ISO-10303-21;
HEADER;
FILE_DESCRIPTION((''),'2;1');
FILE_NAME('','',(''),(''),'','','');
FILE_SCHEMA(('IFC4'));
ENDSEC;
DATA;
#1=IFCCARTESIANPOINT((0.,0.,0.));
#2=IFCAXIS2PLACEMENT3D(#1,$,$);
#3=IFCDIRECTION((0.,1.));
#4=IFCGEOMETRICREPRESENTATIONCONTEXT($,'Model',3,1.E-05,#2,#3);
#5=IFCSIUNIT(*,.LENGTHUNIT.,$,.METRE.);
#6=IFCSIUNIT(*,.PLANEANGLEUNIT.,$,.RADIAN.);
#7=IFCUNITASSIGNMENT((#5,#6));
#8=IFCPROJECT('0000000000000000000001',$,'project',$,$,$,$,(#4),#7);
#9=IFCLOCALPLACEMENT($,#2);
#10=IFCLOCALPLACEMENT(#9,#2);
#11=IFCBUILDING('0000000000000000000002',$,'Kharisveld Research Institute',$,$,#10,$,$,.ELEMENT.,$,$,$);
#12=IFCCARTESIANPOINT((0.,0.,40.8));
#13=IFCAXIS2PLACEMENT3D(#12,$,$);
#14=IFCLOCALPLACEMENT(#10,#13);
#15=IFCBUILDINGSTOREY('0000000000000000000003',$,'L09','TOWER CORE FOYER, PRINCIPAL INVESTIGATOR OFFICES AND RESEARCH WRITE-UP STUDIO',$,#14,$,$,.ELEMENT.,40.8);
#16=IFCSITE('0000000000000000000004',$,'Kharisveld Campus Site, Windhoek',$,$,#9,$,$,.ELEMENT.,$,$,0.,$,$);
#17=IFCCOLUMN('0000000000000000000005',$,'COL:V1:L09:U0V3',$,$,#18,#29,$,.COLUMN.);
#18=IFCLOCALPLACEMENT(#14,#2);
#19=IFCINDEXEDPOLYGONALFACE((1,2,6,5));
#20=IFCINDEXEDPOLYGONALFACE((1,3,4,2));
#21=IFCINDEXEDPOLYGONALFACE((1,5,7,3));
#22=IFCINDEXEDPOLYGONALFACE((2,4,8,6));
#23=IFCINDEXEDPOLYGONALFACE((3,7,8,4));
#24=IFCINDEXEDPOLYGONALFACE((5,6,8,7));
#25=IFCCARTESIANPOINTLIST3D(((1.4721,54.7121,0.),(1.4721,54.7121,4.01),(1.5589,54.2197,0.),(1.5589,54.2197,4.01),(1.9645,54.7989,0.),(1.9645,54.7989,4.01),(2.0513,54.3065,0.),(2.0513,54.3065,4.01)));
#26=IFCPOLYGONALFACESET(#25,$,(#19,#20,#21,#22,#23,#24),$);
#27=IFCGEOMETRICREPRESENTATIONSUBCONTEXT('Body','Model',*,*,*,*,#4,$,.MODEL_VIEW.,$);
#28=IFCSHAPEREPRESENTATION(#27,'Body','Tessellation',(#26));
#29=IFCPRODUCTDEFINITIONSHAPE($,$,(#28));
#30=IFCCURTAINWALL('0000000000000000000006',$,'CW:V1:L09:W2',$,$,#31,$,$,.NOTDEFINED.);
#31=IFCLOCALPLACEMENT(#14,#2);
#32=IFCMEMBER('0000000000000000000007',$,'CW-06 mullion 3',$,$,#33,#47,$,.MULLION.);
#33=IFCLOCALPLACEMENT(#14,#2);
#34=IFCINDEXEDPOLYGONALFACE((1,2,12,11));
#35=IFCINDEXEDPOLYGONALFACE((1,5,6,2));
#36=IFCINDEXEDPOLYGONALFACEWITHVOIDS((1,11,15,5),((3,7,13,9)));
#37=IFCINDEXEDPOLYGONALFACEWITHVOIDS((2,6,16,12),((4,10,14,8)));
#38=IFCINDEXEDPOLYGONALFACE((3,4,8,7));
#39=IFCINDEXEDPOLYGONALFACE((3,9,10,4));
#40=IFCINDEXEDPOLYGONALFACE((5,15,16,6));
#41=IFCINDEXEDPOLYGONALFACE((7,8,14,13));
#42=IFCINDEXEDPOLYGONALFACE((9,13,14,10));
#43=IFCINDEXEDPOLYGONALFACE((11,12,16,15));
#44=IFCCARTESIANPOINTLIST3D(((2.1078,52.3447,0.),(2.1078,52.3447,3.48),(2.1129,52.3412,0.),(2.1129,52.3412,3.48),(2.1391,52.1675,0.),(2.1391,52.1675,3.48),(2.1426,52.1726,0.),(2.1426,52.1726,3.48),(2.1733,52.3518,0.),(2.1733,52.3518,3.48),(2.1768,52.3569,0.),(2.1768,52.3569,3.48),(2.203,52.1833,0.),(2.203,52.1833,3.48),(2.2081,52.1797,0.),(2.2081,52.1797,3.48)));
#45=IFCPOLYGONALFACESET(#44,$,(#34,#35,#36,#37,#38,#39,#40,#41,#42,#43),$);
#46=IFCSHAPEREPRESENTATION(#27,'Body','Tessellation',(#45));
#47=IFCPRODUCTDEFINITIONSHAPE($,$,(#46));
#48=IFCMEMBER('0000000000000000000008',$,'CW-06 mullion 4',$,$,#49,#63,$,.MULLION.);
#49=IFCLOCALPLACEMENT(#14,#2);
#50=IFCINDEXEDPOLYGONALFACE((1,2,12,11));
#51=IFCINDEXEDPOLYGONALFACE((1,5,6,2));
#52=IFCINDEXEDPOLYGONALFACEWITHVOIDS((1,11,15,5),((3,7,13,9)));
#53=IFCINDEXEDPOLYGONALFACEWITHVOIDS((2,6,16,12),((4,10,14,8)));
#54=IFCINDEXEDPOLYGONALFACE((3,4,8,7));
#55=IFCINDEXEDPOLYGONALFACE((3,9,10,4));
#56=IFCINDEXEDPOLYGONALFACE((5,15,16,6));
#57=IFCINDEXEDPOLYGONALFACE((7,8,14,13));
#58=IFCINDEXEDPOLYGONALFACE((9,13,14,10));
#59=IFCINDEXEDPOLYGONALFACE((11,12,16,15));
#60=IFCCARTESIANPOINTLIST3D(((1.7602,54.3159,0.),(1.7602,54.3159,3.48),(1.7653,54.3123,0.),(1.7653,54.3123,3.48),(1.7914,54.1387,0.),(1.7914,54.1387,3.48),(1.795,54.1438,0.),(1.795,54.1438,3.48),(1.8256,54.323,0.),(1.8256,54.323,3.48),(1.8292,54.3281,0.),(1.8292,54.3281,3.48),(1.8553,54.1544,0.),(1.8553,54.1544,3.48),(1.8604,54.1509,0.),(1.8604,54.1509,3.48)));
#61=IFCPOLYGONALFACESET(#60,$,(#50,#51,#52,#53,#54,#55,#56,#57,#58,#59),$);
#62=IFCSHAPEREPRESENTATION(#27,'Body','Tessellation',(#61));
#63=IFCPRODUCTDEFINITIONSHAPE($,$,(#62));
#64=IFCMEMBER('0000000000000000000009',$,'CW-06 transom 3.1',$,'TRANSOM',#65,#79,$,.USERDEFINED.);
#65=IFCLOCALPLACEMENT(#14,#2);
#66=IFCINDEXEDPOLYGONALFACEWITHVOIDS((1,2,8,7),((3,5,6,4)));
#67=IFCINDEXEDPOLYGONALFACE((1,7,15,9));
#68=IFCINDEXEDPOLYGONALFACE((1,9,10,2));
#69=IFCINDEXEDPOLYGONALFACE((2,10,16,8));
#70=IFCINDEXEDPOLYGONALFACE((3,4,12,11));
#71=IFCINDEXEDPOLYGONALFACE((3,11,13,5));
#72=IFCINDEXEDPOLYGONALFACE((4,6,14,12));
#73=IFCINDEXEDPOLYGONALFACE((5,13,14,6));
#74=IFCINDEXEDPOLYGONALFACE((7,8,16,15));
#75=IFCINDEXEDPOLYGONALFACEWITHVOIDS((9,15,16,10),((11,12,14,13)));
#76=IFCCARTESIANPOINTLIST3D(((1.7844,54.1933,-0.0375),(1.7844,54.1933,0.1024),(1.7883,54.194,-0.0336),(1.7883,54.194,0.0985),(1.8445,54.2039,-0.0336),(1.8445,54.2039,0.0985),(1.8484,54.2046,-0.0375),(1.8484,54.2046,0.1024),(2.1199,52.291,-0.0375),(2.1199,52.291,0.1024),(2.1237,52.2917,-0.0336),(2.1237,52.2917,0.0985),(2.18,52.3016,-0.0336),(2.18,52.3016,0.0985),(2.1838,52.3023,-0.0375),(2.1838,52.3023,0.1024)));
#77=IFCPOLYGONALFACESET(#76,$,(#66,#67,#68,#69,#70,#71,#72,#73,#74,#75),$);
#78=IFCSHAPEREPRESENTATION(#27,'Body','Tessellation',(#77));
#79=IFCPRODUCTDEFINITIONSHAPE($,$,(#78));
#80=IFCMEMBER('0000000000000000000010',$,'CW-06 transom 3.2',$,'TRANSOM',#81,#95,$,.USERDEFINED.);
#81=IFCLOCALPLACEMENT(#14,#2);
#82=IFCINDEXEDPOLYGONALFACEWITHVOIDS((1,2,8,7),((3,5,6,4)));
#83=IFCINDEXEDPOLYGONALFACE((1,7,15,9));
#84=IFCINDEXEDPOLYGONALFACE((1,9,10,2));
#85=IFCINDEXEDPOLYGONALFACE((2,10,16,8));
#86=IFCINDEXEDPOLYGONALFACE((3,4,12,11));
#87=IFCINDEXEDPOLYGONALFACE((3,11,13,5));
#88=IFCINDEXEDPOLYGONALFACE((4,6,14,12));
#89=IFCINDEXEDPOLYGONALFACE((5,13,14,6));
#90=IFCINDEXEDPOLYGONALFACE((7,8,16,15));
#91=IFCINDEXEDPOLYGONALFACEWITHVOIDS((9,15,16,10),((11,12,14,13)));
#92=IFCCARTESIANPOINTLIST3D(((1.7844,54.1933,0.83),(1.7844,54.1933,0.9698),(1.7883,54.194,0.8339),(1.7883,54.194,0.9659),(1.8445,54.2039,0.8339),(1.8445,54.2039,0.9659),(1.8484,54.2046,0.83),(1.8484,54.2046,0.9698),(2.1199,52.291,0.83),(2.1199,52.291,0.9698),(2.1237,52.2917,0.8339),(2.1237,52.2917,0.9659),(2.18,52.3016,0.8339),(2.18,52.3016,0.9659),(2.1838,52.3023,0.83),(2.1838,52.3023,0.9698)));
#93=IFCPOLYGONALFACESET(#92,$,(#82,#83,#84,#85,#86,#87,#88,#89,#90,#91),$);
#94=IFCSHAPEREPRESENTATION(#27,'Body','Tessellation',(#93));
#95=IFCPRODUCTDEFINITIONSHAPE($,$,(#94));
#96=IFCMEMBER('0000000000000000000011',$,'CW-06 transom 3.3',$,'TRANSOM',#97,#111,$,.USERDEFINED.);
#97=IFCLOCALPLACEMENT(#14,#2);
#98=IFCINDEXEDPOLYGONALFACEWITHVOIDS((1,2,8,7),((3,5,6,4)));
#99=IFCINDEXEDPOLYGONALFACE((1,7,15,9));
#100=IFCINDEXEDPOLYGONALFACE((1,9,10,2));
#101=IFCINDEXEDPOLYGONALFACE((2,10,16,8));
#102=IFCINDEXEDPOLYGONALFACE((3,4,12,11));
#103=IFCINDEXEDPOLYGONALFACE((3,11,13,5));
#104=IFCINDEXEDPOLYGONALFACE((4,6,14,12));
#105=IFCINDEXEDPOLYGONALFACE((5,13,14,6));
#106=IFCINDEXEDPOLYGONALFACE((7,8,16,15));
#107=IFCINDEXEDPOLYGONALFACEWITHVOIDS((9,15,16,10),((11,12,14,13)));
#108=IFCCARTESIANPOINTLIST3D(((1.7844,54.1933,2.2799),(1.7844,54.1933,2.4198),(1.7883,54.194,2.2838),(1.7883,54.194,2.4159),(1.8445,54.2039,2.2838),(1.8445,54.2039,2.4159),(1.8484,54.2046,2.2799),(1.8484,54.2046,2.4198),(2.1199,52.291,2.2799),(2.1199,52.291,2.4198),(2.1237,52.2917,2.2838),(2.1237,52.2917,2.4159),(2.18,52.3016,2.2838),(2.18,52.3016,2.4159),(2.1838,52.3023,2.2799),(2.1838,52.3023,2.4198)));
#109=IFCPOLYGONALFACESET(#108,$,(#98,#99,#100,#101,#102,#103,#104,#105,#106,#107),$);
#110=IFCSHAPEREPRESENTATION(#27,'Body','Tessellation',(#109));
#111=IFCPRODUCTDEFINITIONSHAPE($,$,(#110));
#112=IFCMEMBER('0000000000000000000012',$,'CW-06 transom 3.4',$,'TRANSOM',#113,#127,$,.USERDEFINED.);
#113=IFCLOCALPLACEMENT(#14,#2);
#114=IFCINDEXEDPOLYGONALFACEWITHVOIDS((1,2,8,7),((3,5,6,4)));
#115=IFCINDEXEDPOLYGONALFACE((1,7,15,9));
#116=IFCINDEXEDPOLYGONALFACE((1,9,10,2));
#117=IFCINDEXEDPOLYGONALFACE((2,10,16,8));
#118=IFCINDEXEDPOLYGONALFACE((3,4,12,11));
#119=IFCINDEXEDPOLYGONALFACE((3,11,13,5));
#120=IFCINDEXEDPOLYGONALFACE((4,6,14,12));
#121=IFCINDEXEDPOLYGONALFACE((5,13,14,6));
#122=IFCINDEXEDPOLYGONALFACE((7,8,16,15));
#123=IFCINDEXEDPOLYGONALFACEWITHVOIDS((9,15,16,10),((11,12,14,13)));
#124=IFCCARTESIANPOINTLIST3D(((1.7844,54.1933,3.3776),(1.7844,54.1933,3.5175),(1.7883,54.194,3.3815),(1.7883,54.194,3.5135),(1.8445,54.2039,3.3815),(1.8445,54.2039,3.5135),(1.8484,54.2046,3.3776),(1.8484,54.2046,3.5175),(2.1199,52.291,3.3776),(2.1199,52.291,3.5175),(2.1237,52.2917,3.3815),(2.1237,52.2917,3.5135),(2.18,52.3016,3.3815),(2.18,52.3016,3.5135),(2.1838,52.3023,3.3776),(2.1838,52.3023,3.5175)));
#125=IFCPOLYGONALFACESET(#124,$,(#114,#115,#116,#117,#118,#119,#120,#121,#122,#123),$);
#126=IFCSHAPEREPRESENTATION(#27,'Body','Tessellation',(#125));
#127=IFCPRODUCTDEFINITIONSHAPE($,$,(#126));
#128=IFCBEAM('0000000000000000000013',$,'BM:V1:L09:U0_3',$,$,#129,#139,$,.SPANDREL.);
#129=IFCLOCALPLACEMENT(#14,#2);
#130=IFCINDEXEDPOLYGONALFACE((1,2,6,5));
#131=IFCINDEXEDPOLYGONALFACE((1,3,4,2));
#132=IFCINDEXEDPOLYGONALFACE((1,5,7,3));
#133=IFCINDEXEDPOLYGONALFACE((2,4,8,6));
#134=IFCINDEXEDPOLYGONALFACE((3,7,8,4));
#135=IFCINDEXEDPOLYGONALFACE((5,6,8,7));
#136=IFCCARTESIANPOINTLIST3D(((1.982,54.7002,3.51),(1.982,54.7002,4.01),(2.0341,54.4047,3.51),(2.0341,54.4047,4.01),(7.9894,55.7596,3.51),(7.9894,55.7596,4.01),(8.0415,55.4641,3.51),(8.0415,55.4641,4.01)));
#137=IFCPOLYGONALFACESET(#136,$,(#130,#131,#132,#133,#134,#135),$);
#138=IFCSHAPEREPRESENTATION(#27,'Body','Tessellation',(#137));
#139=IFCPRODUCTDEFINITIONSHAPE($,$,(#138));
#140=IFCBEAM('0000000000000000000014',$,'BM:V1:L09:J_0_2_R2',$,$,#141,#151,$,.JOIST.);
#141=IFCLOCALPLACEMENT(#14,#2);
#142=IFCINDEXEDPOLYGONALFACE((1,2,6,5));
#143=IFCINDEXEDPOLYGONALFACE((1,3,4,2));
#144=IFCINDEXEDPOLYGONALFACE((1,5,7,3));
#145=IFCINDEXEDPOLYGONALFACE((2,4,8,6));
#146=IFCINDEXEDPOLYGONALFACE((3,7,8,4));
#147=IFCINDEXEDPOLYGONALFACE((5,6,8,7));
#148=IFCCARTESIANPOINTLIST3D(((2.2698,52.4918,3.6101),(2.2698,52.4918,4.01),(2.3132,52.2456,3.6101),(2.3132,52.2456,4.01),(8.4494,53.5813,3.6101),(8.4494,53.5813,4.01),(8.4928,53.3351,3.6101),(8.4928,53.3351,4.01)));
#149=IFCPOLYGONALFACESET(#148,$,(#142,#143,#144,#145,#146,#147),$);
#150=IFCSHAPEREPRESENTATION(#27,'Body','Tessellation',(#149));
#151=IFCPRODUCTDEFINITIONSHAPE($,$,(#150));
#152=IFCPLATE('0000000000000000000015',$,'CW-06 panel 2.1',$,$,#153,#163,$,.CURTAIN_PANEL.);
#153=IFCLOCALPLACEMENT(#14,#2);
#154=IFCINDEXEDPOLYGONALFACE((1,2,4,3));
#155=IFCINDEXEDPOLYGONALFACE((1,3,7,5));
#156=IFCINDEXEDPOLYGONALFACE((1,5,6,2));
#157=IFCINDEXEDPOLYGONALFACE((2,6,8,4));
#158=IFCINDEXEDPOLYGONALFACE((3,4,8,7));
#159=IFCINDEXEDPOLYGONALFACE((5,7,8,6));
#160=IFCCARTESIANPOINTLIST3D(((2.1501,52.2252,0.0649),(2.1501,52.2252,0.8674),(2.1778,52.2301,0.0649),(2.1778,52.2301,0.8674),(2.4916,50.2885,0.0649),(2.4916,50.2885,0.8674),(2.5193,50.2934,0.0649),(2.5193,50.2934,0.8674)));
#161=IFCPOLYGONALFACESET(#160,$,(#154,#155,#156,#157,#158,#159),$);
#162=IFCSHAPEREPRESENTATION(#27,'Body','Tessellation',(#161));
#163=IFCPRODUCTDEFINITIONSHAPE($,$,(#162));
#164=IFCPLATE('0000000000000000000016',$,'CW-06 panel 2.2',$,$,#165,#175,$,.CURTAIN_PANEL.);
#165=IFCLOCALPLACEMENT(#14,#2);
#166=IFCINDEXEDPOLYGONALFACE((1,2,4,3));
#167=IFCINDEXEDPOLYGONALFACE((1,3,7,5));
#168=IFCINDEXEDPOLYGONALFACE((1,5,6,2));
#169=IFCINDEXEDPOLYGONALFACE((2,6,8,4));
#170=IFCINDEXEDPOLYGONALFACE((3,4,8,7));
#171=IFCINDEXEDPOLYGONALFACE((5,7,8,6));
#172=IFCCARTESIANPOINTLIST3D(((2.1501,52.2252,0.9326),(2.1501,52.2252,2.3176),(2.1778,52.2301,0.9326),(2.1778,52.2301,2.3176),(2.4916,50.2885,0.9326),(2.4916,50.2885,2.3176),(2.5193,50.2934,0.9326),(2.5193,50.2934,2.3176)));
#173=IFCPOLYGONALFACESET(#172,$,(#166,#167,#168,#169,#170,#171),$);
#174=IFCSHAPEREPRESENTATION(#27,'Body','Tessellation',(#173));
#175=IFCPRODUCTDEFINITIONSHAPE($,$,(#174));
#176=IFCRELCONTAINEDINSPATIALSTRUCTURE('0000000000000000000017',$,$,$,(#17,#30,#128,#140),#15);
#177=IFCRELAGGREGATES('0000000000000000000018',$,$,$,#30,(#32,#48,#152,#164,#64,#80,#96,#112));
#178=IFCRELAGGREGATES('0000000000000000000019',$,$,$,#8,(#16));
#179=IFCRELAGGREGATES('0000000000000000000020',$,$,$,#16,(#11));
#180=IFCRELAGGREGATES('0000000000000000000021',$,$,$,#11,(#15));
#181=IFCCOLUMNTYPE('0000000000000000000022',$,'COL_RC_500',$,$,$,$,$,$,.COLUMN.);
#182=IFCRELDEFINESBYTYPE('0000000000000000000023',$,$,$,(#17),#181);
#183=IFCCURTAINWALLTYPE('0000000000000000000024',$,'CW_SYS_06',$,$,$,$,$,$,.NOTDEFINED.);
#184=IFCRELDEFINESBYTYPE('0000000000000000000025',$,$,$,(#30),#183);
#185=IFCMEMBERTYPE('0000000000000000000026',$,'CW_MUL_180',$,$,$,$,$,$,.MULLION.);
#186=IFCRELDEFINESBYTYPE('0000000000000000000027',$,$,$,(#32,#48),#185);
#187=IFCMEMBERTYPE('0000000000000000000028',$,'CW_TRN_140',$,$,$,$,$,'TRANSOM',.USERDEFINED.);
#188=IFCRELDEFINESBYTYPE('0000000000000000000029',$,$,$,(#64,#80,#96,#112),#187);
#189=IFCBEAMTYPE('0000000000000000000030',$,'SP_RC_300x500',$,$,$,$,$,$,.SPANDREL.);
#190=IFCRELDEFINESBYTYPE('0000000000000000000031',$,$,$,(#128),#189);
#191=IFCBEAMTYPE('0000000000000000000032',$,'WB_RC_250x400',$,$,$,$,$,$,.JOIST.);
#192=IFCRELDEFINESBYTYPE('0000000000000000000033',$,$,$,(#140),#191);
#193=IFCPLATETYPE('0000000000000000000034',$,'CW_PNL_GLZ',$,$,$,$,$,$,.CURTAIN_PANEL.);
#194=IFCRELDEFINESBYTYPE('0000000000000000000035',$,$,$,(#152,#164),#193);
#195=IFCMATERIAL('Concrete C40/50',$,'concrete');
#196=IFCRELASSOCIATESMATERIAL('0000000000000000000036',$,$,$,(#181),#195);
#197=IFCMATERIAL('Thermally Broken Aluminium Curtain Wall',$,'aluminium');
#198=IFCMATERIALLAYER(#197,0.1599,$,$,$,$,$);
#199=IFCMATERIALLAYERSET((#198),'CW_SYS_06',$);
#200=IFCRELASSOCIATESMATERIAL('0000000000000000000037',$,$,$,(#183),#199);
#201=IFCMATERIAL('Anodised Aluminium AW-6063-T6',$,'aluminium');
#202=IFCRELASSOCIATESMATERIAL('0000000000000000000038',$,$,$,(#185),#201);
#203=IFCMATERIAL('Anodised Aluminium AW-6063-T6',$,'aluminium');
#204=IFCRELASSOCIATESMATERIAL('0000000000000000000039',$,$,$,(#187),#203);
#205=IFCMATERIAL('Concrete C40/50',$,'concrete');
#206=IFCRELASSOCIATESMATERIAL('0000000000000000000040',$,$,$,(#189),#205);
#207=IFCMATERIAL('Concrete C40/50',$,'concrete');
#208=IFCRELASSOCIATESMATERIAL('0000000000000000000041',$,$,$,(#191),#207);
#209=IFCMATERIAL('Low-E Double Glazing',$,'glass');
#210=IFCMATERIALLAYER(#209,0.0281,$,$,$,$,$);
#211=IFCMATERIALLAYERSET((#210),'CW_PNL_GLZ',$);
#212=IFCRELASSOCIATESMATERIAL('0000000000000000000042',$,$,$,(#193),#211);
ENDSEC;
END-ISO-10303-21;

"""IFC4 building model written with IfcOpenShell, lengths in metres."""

from ifc_helpers import new_model, si_unit, direction, frame, origin, origin_2d, place, context, subcontext, project, spatial, rectangle, hollow_rectangle, extrude, material, layer, layer_set, material_profile, profile_set, type_object, element, aggregate, save


model = new_model("IFC4")

# Units and contexts
model_context = context("Model", 3, precision=1e-05, world=origin(), true_north=direction((0.0, 1.0)))
body_context = subcontext(model_context, "Body", "Model", "MODEL_VIEW")
ifc_project = project(units=[si_unit("LENGTHUNIT", "METRE"), si_unit("PLANEANGLEUNIT", "RADIAN")], contexts=[model_context])

# Site, building, storey
site_placement = place(None, origin())
site = spatial("IfcSite", under=ifc_project, at=site_placement, Name="Kharisveld Campus Site, Windhoek", CompositionType="ELEMENT", RefElevation=0.0)
building_placement = place(site_placement, origin())
building = spatial("IfcBuilding", under=site, at=building_placement, Name="Kharisveld Research Institute", CompositionType="ELEMENT")
storey_placement = place(building_placement, frame((0.0, 0.0, 40.8)))
storey = spatial("IfcBuildingStorey", under=building, at=storey_placement, Name="L09", Description="TOWER CORE FOYER, PRINCIPAL INVESTIGATOR OFFICES AND RESEARCH WRITE-UP STUDIO", CompositionType="ELEMENT", Elevation=40.8)

# Column
ifc_material_1 = material(Name="Concrete C40/50", Category="concrete")
ifc_material_profile_1 = material_profile(ifc_material_1, rectangle(XDim=0.5, YDim=0.5, at=origin_2d()))
ifc_profile_set_1 = profile_set([ifc_material_profile_1], Name="Concrete C40/50")
column_type = type_object("IfcColumnType", Name="COL_RC_500", PredefinedType="COLUMN", material=ifc_profile_set_1)
column_placement = place(storey_placement, frame((1.7617, 54.5093, 0.0), z_axis=(0.0, 0.0, 1.0), x_axis=(0.984808, 0.173648, 0.0)))
element("IfcColumn", 1, at=column_placement, inside=storey, type_object=column_type, Name="COL:V1:L09:U0V3", PredefinedType="COLUMN", context=body_context, shape_type="SweptSolid", body=[
    extrude(rectangle(XDim=0.5, YDim=0.5, at=origin_2d()), origin(), (0.0, 0.0, 1.0), 4.01),
])

# Curtain wall, members
ifc_material_2 = material(Name="Thermally Broken Aluminium Curtain Wall", Category="aluminium")
ifc_layer_1 = layer(ifc_material_2, 0.1599)
ifc_layer_set_1 = layer_set([ifc_layer_1], Name="CW_SYS_06")
curtain_wall_type = type_object("IfcCurtainWallType", Name="CW_SYS_06", PredefinedType="NOTDEFINED", material=ifc_layer_set_1)
curtain_wall_placement = place(storey_placement, origin())
curtain_wall = element("IfcCurtainWall", 2, at=curtain_wall_placement, inside=storey, type_object=curtain_wall_type, Name="CW:V1:L09:W2", PredefinedType="NOTDEFINED")
ifc_material_3 = material(Name="Anodised Aluminium AW-6063-T6", Category="aluminium")
ifc_material_profile_2 = material_profile(ifc_material_3, hollow_rectangle(XDim=0.0701, YDim=0.1799, WallThickness=0.0044, at=origin_2d()))
ifc_profile_set_2 = profile_set([ifc_material_profile_2], Name="Anodised Aluminium AW-6063-T6")
member_type_1 = type_object("IfcMemberType", Name="CW_MUL_180", PredefinedType="MULLION", material=ifc_profile_set_2)
member_1_placement = place(storey_placement, frame((2.158, 52.2622, 0.0), z_axis=(0.0, 0.0, 1.0), x_axis=(-0.984808, -0.173648, 0.0)))
member_1 = element("IfcMember", 3, at=member_1_placement, type_object=member_type_1, Name="CW-06 mullion 3", PredefinedType="MULLION", context=body_context, shape_type="SweptSolid", body=[
    extrude(hollow_rectangle(XDim=0.0701, YDim=0.1799, WallThickness=0.0044, at=origin_2d()), origin(), (0.0, 0.0, 1.0), 3.48),
])
member_2_placement = place(storey_placement, frame((1.8103, 54.2334, 0.0), z_axis=(0.0, 0.0, 1.0), x_axis=(-0.984808, -0.173648, 0.0)))
member_2 = element("IfcMember", 4, at=member_2_placement, type_object=member_type_1, Name="CW-06 mullion 4", PredefinedType="MULLION", context=body_context, shape_type="SweptSolid", body=[
    extrude(hollow_rectangle(XDim=0.0701, YDim=0.1799, WallThickness=0.0044, at=origin_2d()), origin(), (0.0, 0.0, 1.0), 3.48),
])
ifc_material_4 = material(Name="Anodised Aluminium AW-6063-T6", Category="aluminium")
ifc_material_profile_3 = material_profile(ifc_material_4, hollow_rectangle(XDim=0.0649, YDim=0.1399, WallThickness=0.0039, at=origin_2d()))
ifc_profile_set_3 = profile_set([ifc_material_profile_3], Name="Anodised Aluminium AW-6063-T6")
member_type_2 = type_object("IfcMemberType", Name="CW_TRN_140", ElementType="TRANSOM", PredefinedType="USERDEFINED", material=ifc_profile_set_3)
member_3_placement = place(storey_placement, frame((2.1519, 52.2966, 0.0325), z_axis=(-0.173656, 0.984806, 0.0), x_axis=(-0.984806, -0.173656, 0.0)))
member_3 = element("IfcMember", 5, at=member_3_placement, type_object=member_type_2, Name="CW-06 transom 3.1", ObjectType="TRANSOM", PredefinedType="USERDEFINED", context=body_context, shape_type="SweptSolid", body=[
    extrude(hollow_rectangle(XDim=0.0649, YDim=0.1399, WallThickness=0.0039, at=origin_2d()), origin(), (0.0, 0.0, 1.0), 1.9316),
])
member_4_placement = place(storey_placement, frame((2.1519, 52.2966, 0.8999), z_axis=(-0.173656, 0.984806, 0.0), x_axis=(-0.984806, -0.173656, 0.0)))
member_4 = element("IfcMember", 6, at=member_4_placement, type_object=member_type_2, Name="CW-06 transom 3.2", ObjectType="TRANSOM", PredefinedType="USERDEFINED", context=body_context, shape_type="SweptSolid", body=[
    extrude(hollow_rectangle(XDim=0.0649, YDim=0.1399, WallThickness=0.0039, at=origin_2d()), origin(), (0.0, 0.0, 1.0), 1.9316),
])
member_5_placement = place(storey_placement, frame((2.1519, 52.2966, 2.3499), z_axis=(-0.173656, 0.984806, 0.0), x_axis=(-0.984806, -0.173656, 0.0)))
member_5 = element("IfcMember", 7, at=member_5_placement, type_object=member_type_2, Name="CW-06 transom 3.3", ObjectType="TRANSOM", PredefinedType="USERDEFINED", context=body_context, shape_type="SweptSolid", body=[
    extrude(hollow_rectangle(XDim=0.0649, YDim=0.1399, WallThickness=0.0039, at=origin_2d()), origin(), (0.0, 0.0, 1.0), 1.9316),
])
member_6_placement = place(storey_placement, frame((2.1519, 52.2966, 3.4475), z_axis=(-0.173656, 0.984806, 0.0), x_axis=(-0.984806, -0.173656, 0.0)))
member_6 = element("IfcMember", 8, at=member_6_placement, type_object=member_type_2, Name="CW-06 transom 3.4", ObjectType="TRANSOM", PredefinedType="USERDEFINED", context=body_context, shape_type="SweptSolid", body=[
    extrude(hollow_rectangle(XDim=0.0649, YDim=0.1399, WallThickness=0.0039, at=origin_2d()), origin(), (0.0, 0.0, 1.0), 1.9316),
])

# Beams
ifc_material_5 = material(Name="Concrete C40/50", Category="concrete")
ifc_material_profile_4 = material_profile(ifc_material_5, rectangle(XDim=0.3, YDim=0.5, at=origin_2d()))
ifc_profile_set_4 = profile_set([ifc_material_profile_4], Name="Concrete C40/50")
beam_type_1 = type_object("IfcBeamType", Name="SP_RC_300x500", PredefinedType="SPANDREL", material=ifc_profile_set_4)
beam_1_placement = place(storey_placement, frame((2.0081, 54.5525, 3.76), z_axis=(0.984806, 0.17366, 0.0), x_axis=(-0.17366, 0.984806, 0.0)))
element("IfcBeam", 9, at=beam_1_placement, inside=storey, type_object=beam_type_1, Name="BM:V1:L09:U0_3", PredefinedType="SPANDREL", context=body_context, shape_type="SweptSolid", body=[
    extrude(rectangle(XDim=0.3, YDim=0.5, at=origin_2d()), origin(), (0.0, 0.0, 1.0), 6.1001),
])
ifc_material_6 = material(Name="Concrete C40/50", Category="concrete")
ifc_material_profile_5 = material_profile(ifc_material_6, rectangle(XDim=0.25, YDim=0.3999, at=origin_2d()))
ifc_profile_set_5 = profile_set([ifc_material_profile_5], Name="Concrete C40/50")
beam_type_2 = type_object("IfcBeamType", Name="WB_RC_250x400", PredefinedType="JOIST", material=ifc_profile_set_5)
beam_2_placement = place(storey_placement, frame((2.2915, 52.3687, 3.8101), z_axis=(0.984809, 0.173641, 0.0), x_axis=(-0.173641, 0.984809, 0.0)))
element("IfcBeam", 10, at=beam_2_placement, inside=storey, type_object=beam_type_2, Name="BM:V1:L09:J_0_2_R2", PredefinedType="JOIST", context=body_context, shape_type="SweptSolid", body=[
    extrude(rectangle(XDim=0.25, YDim=0.3999, at=origin_2d()), origin(), (0.0, 0.0, 1.0), 6.2749),
])

# Plates
ifc_material_7 = material(Name="Low-E Double Glazing", Category="glass")
ifc_layer_2 = layer(ifc_material_7, 0.0281)
ifc_layer_set_2 = layer_set([ifc_layer_2], Name="CW_PNL_GLZ")
plate_type = type_object("IfcPlateType", Name="CW_PNL_GLZ", PredefinedType="CURTAIN_PANEL", material=ifc_layer_set_2)
plate_1_placement = place(storey_placement, frame((2.3347, 51.2593, 0.0649), z_axis=(0.0, 0.0, 1.0), x_axis=(-0.173648, 0.984808, 0.0)))
plate_1 = element("IfcPlate", 11, at=plate_1_placement, type_object=plate_type, Name="CW-06 panel 2.1", PredefinedType="CURTAIN_PANEL", context=body_context, shape_type="SweptSolid", body=[
    extrude(rectangle(XDim=1.9666, YDim=0.0281, at=origin_2d()), origin(), (0.0, 0.0, 1.0), 0.8025),
])
plate_2_placement = place(storey_placement, frame((2.3347, 51.2593, 0.9326), z_axis=(0.0, 0.0, 1.0), x_axis=(-0.173648, 0.984808, 0.0)))
plate_2 = element("IfcPlate", 12, at=plate_2_placement, type_object=plate_type, Name="CW-06 panel 2.2", PredefinedType="CURTAIN_PANEL", context=body_context, shape_type="SweptSolid", body=[
    extrude(rectangle(XDim=1.9666, YDim=0.0281, at=origin_2d()), origin(), (0.0, 0.0, 1.0), 1.385),
])
aggregate(curtain_wall, [member_1, member_2, plate_1, plate_2, member_3, member_4, member_5, member_6])

save(model, "model.ifc")
